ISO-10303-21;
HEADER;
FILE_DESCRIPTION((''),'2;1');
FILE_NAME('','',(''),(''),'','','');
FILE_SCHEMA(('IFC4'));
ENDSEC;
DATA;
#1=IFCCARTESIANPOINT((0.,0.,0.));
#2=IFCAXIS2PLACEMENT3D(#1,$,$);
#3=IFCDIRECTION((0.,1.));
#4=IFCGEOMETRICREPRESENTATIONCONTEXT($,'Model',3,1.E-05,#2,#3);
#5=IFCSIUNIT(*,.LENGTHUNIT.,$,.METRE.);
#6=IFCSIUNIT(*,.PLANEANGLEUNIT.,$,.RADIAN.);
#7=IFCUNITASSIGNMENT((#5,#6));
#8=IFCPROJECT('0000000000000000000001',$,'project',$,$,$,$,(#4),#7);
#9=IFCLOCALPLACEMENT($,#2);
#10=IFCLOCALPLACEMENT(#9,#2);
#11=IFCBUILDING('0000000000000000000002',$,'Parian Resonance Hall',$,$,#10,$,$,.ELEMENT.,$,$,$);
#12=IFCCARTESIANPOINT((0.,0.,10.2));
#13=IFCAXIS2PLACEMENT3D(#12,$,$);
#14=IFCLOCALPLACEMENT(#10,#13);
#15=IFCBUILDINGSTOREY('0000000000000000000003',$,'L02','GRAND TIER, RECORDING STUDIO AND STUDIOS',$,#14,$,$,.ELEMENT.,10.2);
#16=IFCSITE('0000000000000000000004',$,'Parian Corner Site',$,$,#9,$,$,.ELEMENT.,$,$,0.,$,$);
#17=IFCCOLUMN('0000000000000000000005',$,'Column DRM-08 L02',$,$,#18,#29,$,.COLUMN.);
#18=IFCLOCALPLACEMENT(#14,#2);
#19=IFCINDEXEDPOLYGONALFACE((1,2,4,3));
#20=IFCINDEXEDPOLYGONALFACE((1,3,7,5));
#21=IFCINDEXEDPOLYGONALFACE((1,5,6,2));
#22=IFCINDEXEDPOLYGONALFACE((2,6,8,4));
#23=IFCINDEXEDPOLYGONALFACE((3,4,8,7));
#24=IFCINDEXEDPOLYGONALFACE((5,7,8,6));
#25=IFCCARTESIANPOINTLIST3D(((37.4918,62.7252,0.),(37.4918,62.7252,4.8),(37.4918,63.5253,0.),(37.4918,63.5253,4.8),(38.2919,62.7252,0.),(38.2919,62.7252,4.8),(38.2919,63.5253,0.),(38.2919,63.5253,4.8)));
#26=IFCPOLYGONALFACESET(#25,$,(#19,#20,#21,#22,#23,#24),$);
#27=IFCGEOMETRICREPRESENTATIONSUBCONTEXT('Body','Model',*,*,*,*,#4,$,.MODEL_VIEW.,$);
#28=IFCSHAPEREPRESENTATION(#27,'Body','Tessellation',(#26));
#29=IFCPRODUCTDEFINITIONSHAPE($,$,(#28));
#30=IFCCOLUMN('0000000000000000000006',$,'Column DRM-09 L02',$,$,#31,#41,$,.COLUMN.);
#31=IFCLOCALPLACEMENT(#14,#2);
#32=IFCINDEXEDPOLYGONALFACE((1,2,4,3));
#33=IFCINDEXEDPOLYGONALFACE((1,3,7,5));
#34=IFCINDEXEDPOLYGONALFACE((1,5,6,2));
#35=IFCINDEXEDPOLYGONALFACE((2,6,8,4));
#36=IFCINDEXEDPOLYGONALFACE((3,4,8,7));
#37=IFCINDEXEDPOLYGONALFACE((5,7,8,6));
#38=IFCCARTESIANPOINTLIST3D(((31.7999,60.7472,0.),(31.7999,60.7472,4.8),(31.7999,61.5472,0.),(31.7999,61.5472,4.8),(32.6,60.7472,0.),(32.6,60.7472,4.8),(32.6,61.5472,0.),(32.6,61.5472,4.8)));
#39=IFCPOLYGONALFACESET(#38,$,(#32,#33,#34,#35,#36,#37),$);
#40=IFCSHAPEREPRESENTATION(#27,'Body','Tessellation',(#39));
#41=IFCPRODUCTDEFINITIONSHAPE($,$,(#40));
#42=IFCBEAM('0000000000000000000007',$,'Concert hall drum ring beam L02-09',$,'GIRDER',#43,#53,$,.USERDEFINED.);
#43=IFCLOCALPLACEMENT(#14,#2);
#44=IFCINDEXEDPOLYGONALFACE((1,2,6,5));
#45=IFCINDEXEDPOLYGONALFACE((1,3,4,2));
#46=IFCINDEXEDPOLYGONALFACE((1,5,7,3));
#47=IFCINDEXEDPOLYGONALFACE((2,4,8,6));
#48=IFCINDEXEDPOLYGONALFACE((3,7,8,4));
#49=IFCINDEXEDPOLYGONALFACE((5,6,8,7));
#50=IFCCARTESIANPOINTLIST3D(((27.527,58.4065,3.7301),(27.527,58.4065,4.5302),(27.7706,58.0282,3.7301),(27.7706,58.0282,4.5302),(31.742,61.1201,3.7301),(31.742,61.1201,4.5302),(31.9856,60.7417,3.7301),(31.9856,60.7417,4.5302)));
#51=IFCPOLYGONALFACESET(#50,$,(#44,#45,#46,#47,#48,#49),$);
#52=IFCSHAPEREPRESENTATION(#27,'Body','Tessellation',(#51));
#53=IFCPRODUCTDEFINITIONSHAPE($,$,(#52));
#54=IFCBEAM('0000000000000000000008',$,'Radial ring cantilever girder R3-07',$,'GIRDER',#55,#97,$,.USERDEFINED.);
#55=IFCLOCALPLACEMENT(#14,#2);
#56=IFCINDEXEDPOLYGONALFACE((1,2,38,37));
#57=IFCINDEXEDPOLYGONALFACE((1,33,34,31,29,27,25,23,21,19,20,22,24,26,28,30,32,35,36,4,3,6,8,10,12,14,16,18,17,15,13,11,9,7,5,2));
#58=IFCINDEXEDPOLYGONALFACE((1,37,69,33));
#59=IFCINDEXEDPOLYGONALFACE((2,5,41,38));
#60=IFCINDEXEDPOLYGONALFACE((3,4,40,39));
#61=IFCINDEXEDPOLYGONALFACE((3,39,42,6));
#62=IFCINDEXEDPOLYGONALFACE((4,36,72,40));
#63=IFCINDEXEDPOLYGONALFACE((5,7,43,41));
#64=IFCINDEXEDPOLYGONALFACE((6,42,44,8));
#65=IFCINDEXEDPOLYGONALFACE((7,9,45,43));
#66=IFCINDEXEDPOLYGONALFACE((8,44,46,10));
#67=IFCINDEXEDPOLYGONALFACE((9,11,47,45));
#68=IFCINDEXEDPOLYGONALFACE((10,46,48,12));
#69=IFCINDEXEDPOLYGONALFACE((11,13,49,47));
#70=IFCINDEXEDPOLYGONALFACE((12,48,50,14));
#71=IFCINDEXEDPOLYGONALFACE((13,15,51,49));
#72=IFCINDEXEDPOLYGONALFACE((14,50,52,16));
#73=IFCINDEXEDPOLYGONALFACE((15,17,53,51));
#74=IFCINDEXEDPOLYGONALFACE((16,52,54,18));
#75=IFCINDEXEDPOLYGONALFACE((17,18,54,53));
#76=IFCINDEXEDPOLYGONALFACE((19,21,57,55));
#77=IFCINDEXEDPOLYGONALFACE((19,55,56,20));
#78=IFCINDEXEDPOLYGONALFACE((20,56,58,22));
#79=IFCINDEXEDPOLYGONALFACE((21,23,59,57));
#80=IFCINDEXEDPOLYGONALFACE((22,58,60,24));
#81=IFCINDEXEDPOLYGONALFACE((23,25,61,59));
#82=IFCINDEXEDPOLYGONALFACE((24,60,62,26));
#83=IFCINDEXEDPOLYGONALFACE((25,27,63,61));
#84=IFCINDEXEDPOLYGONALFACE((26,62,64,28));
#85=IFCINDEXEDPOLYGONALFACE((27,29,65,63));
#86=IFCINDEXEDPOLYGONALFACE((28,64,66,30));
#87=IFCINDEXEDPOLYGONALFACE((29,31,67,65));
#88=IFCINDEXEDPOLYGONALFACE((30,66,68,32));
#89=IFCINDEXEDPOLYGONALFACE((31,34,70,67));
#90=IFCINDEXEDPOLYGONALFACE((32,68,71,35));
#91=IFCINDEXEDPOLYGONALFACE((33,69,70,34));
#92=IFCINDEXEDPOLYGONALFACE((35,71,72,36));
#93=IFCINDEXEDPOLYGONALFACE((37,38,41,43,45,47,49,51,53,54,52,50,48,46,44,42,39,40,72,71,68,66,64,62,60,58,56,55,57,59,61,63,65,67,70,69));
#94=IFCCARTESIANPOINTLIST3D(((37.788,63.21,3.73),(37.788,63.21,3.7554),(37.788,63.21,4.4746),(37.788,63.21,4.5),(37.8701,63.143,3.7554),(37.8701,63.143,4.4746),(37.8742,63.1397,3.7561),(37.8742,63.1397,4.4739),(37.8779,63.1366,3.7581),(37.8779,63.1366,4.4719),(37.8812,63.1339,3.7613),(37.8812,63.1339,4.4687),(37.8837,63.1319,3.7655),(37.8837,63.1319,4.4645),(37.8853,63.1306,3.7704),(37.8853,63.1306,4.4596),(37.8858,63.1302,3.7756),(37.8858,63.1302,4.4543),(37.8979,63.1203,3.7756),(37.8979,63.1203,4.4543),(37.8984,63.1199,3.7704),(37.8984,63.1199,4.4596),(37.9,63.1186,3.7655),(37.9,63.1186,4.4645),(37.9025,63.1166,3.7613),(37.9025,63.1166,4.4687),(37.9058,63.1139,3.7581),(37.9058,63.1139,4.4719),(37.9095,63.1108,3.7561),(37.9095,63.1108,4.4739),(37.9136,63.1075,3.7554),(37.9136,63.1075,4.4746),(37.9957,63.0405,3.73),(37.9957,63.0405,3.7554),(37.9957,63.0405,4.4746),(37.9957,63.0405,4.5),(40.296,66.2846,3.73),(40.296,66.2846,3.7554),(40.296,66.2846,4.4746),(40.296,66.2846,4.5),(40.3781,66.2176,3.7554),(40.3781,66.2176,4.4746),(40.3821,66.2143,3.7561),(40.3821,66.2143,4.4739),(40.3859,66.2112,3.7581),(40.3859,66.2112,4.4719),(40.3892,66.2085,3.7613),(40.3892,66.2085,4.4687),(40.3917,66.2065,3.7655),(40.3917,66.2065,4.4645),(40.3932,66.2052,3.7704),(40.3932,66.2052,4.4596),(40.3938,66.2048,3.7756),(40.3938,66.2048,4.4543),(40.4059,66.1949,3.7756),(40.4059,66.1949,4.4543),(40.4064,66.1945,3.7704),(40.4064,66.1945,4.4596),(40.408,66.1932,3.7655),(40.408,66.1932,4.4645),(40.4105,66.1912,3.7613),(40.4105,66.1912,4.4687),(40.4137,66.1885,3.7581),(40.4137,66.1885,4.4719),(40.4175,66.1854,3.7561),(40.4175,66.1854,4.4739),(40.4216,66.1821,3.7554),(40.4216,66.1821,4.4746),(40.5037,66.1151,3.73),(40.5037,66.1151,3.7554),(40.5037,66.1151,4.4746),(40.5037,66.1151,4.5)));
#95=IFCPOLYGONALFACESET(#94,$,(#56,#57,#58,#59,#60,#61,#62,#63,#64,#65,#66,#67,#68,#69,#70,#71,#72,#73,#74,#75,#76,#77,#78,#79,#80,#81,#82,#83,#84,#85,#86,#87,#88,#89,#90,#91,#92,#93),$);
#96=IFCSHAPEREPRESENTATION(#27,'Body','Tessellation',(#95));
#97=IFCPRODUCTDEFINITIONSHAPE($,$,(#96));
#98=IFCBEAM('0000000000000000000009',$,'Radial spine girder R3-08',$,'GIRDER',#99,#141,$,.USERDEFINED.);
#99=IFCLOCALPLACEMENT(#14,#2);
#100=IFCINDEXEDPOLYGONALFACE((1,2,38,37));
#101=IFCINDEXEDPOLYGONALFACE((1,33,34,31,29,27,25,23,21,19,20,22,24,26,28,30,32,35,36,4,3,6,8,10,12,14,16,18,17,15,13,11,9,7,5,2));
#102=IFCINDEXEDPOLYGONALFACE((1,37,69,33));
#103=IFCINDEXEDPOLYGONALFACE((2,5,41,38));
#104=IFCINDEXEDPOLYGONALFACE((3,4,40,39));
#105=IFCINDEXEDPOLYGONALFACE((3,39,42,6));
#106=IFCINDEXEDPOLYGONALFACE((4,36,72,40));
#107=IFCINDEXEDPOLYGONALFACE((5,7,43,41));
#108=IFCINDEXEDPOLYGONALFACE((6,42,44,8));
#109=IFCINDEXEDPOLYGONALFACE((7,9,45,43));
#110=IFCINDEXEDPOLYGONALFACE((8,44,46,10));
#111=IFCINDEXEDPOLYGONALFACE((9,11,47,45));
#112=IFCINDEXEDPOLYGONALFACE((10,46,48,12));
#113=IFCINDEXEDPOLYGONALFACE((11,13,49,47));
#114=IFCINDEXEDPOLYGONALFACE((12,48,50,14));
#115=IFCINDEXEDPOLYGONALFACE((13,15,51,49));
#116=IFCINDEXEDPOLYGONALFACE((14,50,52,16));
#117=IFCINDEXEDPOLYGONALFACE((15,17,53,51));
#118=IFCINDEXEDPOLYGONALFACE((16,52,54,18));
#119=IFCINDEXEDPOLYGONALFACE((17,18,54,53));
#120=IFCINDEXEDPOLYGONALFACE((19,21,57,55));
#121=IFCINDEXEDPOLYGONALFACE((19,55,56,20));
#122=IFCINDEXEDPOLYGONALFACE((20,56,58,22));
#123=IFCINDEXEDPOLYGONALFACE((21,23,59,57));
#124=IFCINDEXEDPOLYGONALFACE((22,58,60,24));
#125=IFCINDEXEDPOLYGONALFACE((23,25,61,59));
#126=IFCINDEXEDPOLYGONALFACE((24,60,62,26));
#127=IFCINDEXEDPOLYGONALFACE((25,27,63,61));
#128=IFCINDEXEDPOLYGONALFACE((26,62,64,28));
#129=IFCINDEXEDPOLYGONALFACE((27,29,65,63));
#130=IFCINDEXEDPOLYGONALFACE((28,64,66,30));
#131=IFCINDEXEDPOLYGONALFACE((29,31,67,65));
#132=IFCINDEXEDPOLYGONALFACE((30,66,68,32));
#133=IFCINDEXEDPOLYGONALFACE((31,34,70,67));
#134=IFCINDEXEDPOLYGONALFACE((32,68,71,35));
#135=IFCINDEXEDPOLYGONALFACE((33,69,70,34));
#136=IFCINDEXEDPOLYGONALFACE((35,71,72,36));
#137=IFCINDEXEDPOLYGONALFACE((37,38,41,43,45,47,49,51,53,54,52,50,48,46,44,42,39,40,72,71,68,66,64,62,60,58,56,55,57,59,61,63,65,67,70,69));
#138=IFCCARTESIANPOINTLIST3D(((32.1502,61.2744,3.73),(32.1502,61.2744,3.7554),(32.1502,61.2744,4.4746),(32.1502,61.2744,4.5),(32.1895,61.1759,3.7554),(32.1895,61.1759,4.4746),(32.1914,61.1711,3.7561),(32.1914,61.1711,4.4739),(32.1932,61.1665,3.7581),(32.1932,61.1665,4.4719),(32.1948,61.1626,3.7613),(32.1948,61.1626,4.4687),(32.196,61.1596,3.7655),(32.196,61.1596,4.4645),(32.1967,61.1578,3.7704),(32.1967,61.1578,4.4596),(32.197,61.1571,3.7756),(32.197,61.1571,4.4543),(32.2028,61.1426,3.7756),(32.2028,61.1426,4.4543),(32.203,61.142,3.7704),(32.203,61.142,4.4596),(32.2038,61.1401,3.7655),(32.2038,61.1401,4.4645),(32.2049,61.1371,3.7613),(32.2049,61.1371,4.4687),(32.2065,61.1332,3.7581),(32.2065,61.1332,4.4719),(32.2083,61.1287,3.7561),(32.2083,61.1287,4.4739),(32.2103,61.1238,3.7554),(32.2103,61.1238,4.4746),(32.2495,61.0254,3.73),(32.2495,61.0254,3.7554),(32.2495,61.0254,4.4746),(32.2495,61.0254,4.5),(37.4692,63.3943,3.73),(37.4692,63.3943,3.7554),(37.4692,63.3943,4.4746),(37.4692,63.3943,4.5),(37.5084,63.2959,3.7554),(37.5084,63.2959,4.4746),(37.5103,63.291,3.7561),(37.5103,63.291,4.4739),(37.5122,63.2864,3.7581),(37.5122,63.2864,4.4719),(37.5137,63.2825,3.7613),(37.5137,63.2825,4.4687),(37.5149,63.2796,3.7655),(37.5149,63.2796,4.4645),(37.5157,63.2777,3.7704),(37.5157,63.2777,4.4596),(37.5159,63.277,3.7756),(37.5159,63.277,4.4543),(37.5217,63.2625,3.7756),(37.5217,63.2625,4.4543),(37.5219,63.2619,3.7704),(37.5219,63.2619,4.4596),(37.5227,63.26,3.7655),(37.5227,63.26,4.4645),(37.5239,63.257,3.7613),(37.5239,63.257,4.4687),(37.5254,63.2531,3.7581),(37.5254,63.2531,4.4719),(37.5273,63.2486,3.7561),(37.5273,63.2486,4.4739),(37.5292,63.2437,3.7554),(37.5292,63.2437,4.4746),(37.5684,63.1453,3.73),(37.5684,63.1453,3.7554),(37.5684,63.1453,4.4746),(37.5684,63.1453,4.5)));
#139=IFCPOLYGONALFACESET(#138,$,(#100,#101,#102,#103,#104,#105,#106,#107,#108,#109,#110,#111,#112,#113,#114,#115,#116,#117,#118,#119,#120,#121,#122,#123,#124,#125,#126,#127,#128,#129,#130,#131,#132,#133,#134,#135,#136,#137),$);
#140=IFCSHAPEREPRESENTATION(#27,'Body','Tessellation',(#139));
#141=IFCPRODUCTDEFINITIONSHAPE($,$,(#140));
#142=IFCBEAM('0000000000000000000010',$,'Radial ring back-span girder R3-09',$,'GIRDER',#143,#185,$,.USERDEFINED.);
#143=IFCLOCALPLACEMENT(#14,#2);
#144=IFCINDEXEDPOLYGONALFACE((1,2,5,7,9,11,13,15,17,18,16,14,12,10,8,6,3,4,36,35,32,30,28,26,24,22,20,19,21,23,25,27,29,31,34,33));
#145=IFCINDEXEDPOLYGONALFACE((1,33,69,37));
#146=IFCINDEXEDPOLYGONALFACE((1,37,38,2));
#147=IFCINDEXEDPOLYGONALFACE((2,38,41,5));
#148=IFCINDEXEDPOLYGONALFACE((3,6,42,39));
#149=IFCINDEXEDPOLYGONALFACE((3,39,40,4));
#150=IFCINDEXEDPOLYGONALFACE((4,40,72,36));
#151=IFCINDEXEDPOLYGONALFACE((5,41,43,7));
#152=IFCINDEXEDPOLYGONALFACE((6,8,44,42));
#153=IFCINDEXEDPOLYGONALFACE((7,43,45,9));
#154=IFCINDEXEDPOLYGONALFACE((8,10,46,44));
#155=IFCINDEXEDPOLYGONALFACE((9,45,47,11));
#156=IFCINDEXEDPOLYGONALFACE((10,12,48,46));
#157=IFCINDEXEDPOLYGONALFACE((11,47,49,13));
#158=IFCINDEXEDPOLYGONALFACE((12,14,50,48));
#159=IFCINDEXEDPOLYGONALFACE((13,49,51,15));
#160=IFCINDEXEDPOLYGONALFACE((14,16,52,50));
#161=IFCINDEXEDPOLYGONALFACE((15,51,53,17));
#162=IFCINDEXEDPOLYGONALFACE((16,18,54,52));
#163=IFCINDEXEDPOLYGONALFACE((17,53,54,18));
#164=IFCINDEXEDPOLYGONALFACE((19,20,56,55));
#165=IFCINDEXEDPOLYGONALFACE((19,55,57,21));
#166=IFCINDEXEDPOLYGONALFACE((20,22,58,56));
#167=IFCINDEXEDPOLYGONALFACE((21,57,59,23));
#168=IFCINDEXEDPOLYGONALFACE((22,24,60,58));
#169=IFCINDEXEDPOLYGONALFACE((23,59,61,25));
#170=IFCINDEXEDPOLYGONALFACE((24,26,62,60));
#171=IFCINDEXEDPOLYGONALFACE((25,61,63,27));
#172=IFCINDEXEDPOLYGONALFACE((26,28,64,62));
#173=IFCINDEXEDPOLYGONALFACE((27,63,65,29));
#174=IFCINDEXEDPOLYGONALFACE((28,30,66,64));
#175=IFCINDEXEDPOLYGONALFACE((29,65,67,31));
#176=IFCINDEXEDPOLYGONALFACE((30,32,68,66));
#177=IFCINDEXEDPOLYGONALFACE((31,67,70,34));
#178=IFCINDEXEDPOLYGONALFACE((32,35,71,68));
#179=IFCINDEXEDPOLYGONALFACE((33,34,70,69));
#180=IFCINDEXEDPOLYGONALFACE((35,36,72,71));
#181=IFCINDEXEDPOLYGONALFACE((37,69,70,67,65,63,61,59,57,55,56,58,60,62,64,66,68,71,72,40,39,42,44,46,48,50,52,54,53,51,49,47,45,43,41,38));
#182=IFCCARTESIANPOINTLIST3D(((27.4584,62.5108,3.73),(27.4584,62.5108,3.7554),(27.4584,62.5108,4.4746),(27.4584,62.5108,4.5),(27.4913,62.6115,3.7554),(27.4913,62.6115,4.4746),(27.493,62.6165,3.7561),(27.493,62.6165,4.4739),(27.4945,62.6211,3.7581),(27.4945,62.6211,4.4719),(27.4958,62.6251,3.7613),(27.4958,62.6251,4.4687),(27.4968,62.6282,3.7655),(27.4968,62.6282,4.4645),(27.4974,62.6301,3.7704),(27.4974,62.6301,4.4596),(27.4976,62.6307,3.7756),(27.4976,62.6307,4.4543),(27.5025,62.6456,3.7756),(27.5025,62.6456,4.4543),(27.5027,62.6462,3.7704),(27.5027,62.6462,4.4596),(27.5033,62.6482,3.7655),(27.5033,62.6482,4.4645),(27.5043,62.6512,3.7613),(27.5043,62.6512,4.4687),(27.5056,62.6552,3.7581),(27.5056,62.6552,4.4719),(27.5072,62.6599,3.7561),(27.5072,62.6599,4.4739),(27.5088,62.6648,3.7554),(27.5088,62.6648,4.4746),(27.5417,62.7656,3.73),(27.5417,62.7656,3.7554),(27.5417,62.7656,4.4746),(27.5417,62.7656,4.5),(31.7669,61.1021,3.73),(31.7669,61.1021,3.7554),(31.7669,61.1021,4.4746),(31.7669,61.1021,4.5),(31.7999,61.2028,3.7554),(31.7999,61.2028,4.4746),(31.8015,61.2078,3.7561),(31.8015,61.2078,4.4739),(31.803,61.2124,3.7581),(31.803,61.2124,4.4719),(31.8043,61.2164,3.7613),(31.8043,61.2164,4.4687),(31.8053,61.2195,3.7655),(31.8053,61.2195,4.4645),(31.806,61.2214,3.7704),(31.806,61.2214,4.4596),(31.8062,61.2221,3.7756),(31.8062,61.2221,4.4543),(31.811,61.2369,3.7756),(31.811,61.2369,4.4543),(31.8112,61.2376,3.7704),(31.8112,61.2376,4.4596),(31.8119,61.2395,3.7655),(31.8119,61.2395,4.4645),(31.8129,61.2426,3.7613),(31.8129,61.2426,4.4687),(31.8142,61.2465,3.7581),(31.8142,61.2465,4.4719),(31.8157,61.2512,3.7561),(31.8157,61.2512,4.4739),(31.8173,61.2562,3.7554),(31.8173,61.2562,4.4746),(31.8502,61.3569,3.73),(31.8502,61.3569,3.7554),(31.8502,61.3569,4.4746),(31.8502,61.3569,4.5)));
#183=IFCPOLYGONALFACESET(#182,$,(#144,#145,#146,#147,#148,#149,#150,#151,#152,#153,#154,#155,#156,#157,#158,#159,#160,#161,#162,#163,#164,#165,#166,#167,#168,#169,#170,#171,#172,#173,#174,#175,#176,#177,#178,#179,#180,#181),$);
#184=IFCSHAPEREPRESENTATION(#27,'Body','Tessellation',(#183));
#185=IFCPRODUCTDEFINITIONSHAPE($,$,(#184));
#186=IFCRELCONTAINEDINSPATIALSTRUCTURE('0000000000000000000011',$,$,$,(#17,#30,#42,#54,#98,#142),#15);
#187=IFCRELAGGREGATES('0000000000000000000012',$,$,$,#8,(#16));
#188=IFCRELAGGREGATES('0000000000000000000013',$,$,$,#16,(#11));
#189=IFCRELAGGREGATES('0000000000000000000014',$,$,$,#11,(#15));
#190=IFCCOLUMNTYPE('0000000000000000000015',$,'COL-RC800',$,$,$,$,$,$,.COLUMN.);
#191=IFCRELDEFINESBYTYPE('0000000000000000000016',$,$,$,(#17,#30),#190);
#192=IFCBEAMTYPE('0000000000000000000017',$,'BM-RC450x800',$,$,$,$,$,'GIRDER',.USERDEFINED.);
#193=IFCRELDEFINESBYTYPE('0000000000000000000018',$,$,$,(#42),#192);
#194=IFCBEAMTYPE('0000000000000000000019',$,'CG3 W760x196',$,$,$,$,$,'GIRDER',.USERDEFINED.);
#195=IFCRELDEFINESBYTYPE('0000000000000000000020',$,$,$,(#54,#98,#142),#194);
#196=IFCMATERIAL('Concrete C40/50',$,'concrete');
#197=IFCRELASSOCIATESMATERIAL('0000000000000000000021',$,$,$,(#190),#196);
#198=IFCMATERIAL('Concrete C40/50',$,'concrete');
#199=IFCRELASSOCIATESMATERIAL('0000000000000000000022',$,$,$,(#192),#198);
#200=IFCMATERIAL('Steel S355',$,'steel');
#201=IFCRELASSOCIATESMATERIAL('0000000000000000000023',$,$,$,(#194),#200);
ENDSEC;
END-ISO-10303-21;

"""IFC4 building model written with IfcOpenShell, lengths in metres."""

from ifc_helpers import new_model, si_unit, direction, frame, origin, origin_2d, place, context, subcontext, project, spatial, rectangle, i_section, extrude, material, material_profile, profile_set, type_object, element, save


model = new_model("IFC4")

# Units and contexts
model_context = context("Model", 3, precision=1e-05, world=origin(), true_north=direction((0.0, 1.0)))
body_context = subcontext(model_context, "Body", "Model", "MODEL_VIEW")
ifc_project = project(units=[si_unit("LENGTHUNIT", "METRE"), si_unit("PLANEANGLEUNIT", "RADIAN")], contexts=[model_context])

# Site, building, storey
site_placement = place(None, origin())
site = spatial("IfcSite", under=ifc_project, at=site_placement, Name="Parian Corner Site", CompositionType="ELEMENT", RefElevation=0.0)
building_placement = place(site_placement, origin())
building = spatial("IfcBuilding", under=site, at=building_placement, Name="Parian Resonance Hall", CompositionType="ELEMENT")
storey_placement = place(building_placement, frame((0.0, 0.0, 10.2)))
storey = spatial("IfcBuildingStorey", under=building, at=storey_placement, Name="L02", Description="GRAND TIER, RECORDING STUDIO AND STUDIOS", CompositionType="ELEMENT", Elevation=10.2)

# Columns
ifc_material_1 = material(Name="Concrete C40/50", Category="concrete")
ifc_material_profile_1 = material_profile(ifc_material_1, rectangle(XDim=0.8, YDim=0.8, at=origin_2d()), Name="RC-COL-800x800")
ifc_profile_set_1 = profile_set([ifc_material_profile_1], Name="Concrete C40/50")
column_type = type_object("IfcColumnType", Name="COL-RC800", PredefinedType="COLUMN", material=ifc_profile_set_1)
for number, where, z_axis, x_axis, name in (
    (1, (37.8918, 63.1252, 0.0), (0.0, 0.0, 1.0), (1.0, 0.0, 0.0), "Column DRM-08 L02"),
    (2, (32.2, 61.1472, 0.0), (0.0, 0.0, 1.0), (1.0, 0.0, 0.0), "Column DRM-09 L02"),
):
    element("IfcColumn", number, at=place(storey_placement, frame(where, z_axis=z_axis, x_axis=x_axis)), inside=storey, type_object=column_type, Name=name, PredefinedType="COLUMN", context=body_context, shape_type="SweptSolid", body=[
        extrude(rectangle(XDim=0.8, YDim=0.8, at=origin_2d()), origin(), (0.0, 0.0, 1.0), 4.8),
    ])

# Beams
ifc_material_2 = material(Name="Concrete C40/50", Category="concrete")
ifc_material_profile_2 = material_profile(ifc_material_2, rectangle(XDim=0.45, YDim=0.8, at=origin_2d()), Name="RC-BM-450x800")
ifc_profile_set_2 = profile_set([ifc_material_profile_2], Name="Concrete C40/50")
beam_type_1 = type_object("IfcBeamType", Name="BM-RC450x800", ElementType="GIRDER", PredefinedType="USERDEFINED", material=ifc_profile_set_2)
beam_1_placement = place(storey_placement, frame((31.8638, 60.9309, 4.1301), z_axis=(-0.840822, -0.541311, 0.0), x_axis=(0.541311, -0.840822, 0.0)))
element("IfcBeam", 3, at=beam_1_placement, inside=storey, type_object=beam_type_1, Name="Concert hall drum ring beam L02-09", ObjectType="GIRDER", PredefinedType="USERDEFINED", context=body_context, shape_type="SweptSolid", body=[
    extrude(rectangle(XDim=0.45, YDim=0.8, at=origin_2d()), origin(), (0.0, 0.0, 1.0), 5.0129),
])
ifc_material_3 = material(Name="Steel S355", Category="steel")
ifc_material_profile_3 = material_profile(ifc_material_3, i_section(OverallWidth=0.2681, OverallDepth=0.77, WebThickness=0.0156, FlangeThickness=0.0254, FilletRadius=0.0203, at=origin_2d()), Name="W760x196")
ifc_profile_set_3 = profile_set([ifc_material_profile_3], Name="Steel S355")
beam_type_2 = type_object("IfcBeamType", Name="CG3 W760x196", ElementType="GIRDER", PredefinedType="USERDEFINED", material=ifc_profile_set_3)
beam_2_placement = place(storey_placement, frame((37.8918, 63.1252, 4.115), z_axis=(0.632088, 0.774897, 0.0), x_axis=(-0.774897, 0.632088, 0.0)))
element("IfcBeam", 4, at=beam_2_placement, inside=storey, type_object=beam_type_2, Name="Radial ring cantilever girder R3-07", ObjectType="GIRDER", PredefinedType="USERDEFINED", context=body_context, shape_type="SweptSolid", body=[
    extrude(i_section(OverallWidth=0.2681, OverallDepth=0.77, WebThickness=0.0156, FlangeThickness=0.0254, FilletRadius=0.0203, at=origin_2d()), origin(), (0.0, 0.0, 1.0), 3.9678),
])
beam_3_placement = place(storey_placement, frame((37.5188, 63.2698, 4.115), z_axis=(-0.928938, -0.370236, 0.0), x_axis=(0.370236, -0.928938, 0.0)))
element("IfcBeam", 5, at=beam_3_placement, inside=storey, type_object=beam_type_2, Name="Radial spine girder R3-08", ObjectType="GIRDER", PredefinedType="USERDEFINED", context=body_context, shape_type="SweptSolid", body=[
    extrude(i_section(OverallWidth=0.2681, OverallDepth=0.77, WebThickness=0.0156, FlangeThickness=0.0254, FilletRadius=0.0203, at=origin_2d()), origin(), (0.0, 0.0, 1.0), 5.7258),
])
beam_4_placement = place(storey_placement, frame((31.8086, 61.2295, 4.115), z_axis=(-0.950488, 0.310761, 0.0), x_axis=(-0.310761, -0.950488, 0.0)))
element("IfcBeam", 6, at=beam_4_placement, inside=storey, type_object=beam_type_2, Name="Radial ring back-span girder R3-09", ObjectType="GIRDER", PredefinedType="USERDEFINED", context=body_context, shape_type="SweptSolid", body=[
    extrude(i_section(OverallWidth=0.2681, OverallDepth=0.77, WebThickness=0.0156, FlangeThickness=0.0254, FilletRadius=0.0203, at=origin_2d()), origin(), (0.0, 0.0, 1.0), 4.533),
])

save(model, "model.ifc")
